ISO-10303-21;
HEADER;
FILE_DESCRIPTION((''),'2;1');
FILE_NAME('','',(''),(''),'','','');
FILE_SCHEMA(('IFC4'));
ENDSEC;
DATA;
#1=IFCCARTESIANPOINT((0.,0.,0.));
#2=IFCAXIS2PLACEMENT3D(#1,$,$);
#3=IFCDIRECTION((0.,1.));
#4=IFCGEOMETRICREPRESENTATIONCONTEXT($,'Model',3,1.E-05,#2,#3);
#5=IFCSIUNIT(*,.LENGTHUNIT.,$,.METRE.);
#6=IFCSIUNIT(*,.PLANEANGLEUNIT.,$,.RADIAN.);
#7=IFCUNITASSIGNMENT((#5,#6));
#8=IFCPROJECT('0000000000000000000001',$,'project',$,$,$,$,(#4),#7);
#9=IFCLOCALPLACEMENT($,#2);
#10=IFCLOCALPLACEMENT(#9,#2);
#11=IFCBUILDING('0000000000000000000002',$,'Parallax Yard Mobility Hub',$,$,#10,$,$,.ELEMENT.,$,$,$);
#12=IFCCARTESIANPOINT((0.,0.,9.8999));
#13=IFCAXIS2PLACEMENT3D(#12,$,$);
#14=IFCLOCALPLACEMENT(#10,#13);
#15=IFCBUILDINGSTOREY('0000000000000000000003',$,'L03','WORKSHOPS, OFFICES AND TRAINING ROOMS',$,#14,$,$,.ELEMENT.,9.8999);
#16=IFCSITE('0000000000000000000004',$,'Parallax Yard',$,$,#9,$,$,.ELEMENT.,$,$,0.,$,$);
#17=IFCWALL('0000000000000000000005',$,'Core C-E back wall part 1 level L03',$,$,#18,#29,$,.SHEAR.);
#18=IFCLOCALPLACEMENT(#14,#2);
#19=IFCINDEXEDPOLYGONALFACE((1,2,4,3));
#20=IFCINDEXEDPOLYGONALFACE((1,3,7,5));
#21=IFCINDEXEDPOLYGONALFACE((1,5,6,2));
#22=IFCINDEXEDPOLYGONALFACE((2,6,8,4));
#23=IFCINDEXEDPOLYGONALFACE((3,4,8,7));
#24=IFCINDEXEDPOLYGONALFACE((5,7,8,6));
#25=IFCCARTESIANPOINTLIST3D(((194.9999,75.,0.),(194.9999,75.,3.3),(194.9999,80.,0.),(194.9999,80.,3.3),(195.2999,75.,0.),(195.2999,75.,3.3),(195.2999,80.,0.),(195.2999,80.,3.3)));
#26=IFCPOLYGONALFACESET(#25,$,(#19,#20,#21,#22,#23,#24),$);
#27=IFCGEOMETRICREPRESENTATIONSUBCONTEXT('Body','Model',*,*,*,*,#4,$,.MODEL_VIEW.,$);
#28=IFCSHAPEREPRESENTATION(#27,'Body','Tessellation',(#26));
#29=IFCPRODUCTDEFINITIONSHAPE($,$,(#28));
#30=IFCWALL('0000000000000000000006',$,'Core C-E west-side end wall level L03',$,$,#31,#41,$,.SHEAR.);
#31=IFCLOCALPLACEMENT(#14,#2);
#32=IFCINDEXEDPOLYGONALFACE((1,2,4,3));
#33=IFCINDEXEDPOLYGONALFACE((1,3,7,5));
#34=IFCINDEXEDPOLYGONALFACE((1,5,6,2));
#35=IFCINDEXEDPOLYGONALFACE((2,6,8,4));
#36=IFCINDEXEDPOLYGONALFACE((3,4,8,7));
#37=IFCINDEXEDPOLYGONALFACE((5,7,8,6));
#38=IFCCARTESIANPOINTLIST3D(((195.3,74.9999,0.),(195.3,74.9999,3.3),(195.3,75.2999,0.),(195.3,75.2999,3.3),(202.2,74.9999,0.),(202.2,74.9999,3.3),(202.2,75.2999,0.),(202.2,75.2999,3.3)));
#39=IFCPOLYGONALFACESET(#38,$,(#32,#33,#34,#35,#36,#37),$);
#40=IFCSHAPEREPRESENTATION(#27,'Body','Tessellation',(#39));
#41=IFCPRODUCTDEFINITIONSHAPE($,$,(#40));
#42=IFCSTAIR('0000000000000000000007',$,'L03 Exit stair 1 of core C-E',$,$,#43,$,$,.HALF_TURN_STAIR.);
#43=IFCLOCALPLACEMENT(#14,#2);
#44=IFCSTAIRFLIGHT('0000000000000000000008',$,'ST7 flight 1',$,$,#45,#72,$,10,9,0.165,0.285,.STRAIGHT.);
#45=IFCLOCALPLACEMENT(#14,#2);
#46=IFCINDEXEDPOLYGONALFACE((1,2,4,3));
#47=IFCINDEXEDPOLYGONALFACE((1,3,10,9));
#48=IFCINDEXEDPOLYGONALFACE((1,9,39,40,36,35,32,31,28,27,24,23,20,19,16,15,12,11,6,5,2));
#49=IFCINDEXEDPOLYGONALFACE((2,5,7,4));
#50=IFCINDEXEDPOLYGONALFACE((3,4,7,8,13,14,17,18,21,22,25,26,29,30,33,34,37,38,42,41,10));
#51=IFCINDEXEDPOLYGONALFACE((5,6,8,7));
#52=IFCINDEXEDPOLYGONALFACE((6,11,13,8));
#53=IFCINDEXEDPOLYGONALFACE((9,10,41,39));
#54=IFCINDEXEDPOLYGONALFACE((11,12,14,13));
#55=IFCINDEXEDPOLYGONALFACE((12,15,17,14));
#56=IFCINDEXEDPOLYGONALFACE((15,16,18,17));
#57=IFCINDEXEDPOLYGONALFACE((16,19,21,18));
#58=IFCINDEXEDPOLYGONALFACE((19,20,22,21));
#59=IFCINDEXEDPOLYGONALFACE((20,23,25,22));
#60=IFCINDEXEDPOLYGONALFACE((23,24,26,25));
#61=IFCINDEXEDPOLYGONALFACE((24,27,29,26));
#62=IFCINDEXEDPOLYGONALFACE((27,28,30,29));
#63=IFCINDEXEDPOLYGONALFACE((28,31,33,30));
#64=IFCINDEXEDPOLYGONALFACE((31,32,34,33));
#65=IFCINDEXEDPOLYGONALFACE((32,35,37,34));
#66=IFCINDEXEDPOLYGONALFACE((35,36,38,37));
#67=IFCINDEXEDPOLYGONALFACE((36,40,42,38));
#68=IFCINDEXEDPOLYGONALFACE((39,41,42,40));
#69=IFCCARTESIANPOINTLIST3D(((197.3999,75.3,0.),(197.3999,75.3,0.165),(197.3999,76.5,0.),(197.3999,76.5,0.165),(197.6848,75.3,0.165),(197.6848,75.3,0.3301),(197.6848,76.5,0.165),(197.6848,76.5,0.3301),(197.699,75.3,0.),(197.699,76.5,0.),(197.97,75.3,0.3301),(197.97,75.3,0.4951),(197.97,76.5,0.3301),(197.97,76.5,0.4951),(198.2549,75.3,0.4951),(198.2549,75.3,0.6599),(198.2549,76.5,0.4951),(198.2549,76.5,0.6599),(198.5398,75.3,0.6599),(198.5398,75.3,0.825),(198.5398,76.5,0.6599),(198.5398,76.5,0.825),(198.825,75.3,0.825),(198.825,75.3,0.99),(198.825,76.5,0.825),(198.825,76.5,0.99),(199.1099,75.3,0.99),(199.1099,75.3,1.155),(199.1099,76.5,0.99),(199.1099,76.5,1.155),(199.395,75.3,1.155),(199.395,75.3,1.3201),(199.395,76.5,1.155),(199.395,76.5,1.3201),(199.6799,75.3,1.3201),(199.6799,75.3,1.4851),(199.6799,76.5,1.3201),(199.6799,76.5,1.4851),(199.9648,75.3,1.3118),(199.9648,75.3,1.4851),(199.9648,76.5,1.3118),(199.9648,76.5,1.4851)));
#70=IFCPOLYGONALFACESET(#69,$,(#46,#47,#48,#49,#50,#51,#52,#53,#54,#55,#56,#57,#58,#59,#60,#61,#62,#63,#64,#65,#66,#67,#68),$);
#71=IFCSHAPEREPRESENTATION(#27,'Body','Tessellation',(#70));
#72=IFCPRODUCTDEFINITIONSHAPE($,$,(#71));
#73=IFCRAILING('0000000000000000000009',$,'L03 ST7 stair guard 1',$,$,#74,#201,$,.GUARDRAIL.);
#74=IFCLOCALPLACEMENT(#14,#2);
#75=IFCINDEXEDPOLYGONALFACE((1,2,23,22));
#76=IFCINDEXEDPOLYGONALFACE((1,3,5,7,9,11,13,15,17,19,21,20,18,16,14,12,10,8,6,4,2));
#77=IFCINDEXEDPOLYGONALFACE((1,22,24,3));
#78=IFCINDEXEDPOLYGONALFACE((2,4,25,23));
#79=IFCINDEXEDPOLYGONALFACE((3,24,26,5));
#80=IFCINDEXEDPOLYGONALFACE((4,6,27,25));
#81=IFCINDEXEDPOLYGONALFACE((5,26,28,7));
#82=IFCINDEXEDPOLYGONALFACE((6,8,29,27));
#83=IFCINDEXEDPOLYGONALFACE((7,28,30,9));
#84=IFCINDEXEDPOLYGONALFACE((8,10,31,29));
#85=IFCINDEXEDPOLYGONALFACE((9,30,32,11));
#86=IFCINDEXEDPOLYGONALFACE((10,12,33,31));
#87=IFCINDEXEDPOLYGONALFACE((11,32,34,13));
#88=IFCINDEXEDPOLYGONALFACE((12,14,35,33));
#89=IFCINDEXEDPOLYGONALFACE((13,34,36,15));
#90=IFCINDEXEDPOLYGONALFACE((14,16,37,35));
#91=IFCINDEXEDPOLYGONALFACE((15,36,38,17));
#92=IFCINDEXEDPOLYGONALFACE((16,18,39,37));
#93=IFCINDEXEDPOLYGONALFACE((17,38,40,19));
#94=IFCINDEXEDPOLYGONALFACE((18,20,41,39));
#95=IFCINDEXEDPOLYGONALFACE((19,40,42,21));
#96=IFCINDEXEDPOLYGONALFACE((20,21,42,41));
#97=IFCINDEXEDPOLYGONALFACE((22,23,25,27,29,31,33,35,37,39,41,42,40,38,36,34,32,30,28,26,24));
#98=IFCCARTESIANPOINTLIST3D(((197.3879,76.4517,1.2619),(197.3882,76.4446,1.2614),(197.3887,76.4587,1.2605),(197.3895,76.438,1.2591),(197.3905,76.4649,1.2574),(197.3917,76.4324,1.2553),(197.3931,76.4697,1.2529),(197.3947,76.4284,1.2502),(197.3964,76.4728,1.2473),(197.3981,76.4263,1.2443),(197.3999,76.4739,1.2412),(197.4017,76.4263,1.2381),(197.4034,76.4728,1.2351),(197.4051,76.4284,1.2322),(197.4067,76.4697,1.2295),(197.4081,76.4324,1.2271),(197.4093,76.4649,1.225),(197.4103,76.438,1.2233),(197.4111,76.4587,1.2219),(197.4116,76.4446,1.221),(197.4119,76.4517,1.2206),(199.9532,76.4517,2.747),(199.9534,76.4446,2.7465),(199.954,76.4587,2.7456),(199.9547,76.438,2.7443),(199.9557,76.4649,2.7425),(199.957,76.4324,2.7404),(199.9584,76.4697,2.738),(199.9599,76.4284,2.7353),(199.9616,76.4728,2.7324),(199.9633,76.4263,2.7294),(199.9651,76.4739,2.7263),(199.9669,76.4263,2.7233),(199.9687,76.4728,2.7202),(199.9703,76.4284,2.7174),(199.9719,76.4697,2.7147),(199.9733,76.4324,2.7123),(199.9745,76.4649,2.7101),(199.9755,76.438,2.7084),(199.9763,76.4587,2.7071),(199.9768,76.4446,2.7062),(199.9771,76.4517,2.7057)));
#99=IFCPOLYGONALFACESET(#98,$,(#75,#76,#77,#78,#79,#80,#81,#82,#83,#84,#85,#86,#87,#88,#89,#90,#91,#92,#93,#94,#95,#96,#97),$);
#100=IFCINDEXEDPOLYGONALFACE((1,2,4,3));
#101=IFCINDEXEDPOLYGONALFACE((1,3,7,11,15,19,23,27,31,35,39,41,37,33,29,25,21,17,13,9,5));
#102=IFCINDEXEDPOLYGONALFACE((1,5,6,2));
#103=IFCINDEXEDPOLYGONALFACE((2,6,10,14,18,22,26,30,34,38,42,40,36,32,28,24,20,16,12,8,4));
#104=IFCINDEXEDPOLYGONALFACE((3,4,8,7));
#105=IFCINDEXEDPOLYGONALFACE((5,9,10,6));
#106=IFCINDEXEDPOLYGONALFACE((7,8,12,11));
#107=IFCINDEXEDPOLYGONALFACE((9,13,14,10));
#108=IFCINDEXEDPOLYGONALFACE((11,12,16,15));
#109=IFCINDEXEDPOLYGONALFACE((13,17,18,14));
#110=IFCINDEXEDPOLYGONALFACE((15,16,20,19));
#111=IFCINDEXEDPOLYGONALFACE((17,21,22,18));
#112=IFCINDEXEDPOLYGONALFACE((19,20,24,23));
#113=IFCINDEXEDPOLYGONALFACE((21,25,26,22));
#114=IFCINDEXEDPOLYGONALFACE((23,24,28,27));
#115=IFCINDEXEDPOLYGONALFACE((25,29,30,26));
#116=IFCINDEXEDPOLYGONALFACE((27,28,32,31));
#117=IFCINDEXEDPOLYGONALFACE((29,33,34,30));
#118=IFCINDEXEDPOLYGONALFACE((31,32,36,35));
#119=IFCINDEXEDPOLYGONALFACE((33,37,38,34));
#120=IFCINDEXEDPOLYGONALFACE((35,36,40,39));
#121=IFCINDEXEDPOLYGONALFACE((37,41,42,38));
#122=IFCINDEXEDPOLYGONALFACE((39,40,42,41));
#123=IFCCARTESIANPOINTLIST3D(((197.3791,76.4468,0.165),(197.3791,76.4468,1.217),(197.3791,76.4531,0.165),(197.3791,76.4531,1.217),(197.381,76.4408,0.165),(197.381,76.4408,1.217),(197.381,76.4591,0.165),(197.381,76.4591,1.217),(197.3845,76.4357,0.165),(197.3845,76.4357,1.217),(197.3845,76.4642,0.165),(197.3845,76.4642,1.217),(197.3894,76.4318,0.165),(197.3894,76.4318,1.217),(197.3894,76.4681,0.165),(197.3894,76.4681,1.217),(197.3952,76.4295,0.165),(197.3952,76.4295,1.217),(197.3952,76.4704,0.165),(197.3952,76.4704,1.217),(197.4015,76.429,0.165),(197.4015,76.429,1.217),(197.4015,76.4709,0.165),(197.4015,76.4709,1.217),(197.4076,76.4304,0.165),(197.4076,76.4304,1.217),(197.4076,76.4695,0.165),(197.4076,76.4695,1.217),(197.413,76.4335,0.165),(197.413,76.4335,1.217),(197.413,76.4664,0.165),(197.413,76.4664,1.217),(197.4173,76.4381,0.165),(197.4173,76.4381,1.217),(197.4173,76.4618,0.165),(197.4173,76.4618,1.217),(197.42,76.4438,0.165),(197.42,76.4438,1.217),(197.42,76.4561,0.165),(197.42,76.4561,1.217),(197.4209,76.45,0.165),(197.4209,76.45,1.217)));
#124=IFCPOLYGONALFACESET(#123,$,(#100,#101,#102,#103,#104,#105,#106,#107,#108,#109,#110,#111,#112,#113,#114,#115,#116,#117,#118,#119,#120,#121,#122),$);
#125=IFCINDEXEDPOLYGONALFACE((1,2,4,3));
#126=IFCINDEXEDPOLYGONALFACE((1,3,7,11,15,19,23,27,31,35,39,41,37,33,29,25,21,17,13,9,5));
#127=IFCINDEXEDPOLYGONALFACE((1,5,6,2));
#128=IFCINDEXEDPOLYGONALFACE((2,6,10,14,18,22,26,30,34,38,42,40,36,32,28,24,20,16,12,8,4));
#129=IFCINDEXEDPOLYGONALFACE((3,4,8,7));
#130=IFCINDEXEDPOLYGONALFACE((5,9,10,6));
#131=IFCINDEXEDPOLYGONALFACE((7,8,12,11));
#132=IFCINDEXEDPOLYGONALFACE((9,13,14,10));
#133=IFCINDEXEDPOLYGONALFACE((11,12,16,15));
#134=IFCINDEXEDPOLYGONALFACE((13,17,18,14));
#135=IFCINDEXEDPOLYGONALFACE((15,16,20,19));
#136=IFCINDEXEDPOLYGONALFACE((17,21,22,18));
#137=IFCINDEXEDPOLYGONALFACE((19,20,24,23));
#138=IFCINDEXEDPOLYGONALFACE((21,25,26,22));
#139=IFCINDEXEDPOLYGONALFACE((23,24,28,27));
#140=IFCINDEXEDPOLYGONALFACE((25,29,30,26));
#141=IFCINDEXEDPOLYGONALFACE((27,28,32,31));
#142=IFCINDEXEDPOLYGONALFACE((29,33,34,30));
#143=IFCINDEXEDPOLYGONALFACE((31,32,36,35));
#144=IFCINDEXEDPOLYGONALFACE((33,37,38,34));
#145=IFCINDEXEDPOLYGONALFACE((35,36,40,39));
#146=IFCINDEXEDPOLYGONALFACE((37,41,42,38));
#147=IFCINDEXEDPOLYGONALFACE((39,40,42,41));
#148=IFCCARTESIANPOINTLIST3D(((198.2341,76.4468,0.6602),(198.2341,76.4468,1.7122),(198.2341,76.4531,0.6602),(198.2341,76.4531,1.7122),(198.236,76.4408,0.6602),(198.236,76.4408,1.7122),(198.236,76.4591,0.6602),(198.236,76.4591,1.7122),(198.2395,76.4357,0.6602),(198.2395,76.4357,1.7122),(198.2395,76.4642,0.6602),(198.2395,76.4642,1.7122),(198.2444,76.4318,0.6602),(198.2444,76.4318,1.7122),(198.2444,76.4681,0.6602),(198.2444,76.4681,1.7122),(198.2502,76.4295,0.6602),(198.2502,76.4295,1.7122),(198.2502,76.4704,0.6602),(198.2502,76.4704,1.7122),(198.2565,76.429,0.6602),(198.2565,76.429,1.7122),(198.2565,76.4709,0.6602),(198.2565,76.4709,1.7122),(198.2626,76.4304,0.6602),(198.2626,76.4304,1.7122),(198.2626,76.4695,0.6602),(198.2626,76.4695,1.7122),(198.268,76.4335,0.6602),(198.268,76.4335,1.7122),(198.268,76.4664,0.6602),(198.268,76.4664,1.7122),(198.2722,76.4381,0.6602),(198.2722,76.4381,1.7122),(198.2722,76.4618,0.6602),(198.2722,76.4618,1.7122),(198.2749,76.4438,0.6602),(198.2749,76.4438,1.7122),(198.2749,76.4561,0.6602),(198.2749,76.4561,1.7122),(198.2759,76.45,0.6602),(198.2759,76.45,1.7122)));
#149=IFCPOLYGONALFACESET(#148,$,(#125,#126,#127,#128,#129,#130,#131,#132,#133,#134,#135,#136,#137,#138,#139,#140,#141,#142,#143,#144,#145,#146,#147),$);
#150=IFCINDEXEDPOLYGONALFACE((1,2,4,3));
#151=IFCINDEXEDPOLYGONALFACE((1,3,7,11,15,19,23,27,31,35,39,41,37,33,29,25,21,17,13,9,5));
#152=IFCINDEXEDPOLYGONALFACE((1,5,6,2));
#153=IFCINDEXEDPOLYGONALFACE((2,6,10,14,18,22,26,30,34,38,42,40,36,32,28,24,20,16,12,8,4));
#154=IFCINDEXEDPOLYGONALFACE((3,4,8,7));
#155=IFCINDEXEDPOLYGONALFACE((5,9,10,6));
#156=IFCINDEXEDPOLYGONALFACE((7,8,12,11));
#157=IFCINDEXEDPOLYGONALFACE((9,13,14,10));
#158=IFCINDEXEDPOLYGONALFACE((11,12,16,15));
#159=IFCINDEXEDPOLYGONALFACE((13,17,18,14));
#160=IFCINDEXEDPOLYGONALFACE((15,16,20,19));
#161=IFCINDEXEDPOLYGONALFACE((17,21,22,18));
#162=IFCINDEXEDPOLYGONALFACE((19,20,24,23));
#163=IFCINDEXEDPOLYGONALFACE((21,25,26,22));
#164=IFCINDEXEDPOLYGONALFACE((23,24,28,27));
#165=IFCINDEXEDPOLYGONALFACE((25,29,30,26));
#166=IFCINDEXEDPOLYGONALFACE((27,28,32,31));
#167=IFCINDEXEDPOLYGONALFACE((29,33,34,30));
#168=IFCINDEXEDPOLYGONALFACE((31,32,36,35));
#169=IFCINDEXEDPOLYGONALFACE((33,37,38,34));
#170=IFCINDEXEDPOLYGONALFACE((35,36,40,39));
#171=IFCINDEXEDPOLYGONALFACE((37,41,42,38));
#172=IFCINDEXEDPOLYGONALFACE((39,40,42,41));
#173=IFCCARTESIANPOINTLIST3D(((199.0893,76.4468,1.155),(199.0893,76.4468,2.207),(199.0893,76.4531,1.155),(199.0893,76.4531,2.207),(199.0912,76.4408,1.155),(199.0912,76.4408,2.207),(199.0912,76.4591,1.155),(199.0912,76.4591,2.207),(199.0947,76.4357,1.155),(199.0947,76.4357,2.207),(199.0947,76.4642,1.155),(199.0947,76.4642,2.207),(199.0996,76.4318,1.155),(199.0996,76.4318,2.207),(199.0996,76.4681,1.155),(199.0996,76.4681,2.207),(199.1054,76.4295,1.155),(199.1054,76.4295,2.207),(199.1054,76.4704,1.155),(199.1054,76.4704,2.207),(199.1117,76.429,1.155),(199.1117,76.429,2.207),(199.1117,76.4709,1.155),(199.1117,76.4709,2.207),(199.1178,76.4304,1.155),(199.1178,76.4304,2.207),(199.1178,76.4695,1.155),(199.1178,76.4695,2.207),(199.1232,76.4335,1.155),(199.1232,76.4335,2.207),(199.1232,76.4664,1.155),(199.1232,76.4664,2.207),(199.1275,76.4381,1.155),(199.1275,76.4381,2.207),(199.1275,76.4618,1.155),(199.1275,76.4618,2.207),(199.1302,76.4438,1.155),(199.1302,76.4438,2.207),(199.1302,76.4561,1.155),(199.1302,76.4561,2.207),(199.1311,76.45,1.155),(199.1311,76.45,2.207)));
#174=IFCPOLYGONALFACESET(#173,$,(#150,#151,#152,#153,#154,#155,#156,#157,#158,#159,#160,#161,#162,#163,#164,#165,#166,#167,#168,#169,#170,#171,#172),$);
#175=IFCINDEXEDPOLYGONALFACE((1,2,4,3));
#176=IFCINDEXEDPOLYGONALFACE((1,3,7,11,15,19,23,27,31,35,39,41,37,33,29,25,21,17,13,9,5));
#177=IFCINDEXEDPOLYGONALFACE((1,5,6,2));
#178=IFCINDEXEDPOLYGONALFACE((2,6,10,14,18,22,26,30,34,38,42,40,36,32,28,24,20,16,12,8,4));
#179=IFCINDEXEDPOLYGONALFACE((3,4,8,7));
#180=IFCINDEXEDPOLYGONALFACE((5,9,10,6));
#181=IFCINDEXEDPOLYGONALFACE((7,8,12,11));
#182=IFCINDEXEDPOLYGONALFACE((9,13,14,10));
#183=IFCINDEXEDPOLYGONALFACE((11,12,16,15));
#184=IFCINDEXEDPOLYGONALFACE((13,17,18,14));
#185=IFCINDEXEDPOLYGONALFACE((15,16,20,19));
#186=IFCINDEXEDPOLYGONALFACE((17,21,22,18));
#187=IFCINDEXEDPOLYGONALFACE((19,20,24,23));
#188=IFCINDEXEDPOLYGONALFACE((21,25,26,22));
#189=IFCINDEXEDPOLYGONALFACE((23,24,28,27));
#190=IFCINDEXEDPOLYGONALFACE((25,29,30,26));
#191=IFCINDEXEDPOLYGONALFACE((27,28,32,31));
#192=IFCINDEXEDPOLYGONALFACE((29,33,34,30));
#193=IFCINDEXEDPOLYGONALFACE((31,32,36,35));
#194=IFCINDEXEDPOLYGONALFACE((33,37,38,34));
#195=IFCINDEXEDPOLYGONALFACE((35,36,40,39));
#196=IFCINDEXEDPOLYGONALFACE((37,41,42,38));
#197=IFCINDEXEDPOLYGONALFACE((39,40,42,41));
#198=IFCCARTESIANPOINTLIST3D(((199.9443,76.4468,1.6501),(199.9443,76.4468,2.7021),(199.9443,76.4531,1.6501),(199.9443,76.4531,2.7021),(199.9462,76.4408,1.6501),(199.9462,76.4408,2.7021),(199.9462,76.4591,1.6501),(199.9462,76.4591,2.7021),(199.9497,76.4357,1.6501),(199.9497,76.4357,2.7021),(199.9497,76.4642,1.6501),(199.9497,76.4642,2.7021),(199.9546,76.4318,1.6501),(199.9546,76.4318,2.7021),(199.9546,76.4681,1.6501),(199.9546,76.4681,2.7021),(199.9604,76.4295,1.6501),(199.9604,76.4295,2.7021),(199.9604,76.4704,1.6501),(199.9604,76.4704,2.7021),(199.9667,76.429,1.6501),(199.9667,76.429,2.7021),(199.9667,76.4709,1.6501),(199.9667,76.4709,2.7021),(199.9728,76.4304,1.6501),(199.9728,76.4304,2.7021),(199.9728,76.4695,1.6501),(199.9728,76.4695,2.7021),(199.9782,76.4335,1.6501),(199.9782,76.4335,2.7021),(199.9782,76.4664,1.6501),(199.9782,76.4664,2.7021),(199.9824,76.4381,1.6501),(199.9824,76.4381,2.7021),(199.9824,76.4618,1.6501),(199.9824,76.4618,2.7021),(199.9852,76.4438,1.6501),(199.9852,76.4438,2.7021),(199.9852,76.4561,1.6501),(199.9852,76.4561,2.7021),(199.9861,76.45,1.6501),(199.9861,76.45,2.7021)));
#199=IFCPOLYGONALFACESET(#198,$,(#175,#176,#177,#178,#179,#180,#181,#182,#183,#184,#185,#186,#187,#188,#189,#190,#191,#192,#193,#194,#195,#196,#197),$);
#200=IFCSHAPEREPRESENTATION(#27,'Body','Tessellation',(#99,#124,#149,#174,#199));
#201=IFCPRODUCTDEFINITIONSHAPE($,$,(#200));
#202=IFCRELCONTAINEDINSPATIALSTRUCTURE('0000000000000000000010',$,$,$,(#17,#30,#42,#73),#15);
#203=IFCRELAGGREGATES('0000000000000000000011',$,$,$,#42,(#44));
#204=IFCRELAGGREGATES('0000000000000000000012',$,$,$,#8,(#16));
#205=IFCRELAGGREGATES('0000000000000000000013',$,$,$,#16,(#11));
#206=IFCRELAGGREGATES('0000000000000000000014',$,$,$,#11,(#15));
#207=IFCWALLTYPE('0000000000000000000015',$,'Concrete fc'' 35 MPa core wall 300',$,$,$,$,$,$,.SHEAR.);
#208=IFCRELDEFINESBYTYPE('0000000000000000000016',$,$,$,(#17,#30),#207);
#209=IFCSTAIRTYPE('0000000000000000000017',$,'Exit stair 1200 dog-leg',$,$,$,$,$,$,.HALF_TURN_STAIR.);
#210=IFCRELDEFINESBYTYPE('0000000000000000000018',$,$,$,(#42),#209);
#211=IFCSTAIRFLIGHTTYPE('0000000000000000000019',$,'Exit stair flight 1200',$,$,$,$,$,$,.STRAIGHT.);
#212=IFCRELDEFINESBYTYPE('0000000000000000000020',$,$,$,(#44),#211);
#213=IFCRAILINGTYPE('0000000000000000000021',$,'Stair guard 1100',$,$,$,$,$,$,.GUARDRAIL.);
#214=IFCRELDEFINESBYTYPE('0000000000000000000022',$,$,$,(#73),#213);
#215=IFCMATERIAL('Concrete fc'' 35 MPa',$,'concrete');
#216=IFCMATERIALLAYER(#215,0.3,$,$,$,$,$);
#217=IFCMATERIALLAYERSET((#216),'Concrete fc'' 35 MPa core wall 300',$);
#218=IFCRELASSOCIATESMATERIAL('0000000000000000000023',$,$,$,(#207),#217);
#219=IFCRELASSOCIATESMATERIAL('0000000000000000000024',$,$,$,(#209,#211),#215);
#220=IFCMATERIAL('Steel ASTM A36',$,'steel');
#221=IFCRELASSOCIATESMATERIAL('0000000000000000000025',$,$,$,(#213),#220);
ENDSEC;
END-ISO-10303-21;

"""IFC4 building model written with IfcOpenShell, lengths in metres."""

from ifc_helpers import new_model, si_unit, direction, frame, frame_2d, origin, origin_2d, place, context, subcontext, project, spatial, polyline, rectangle, circle, outline, extrude, material, layer, layer_set, type_object, element, aggregate, save


model = new_model("IFC4")

# Units and contexts
model_context = context("Model", 3, precision=1e-05, world=origin(), true_north=direction((0.0, 1.0)))
body_context = subcontext(model_context, "Body", "Model", "MODEL_VIEW")
ifc_project = project(units=[si_unit("LENGTHUNIT", "METRE"), si_unit("PLANEANGLEUNIT", "RADIAN")], contexts=[model_context])

# Site, building, storey
site_placement = place(None, origin())
site = spatial("IfcSite", under=ifc_project, at=site_placement, Name="Parallax Yard", CompositionType="ELEMENT", RefElevation=0.0)
building_placement = place(site_placement, origin())
building = spatial("IfcBuilding", under=site, at=building_placement, Name="Parallax Yard Mobility Hub", CompositionType="ELEMENT")
storey_placement = place(building_placement, frame((0.0, 0.0, 9.8999)))
storey = spatial("IfcBuildingStorey", under=building, at=storey_placement, Name="L03", Description="WORKSHOPS, OFFICES AND TRAINING ROOMS", CompositionType="ELEMENT", Elevation=9.8999)

# Walls
ifc_material_1 = material(Name="Concrete fc' 35 MPa", Category="concrete")
ifc_layer = layer(ifc_material_1, 0.3)
ifc_layer_set = layer_set([ifc_layer], Name="Concrete fc' 35 MPa core wall 300")
wall_type = type_object("IfcWallType", Name="Concrete fc' 35 MPa core wall 300", PredefinedType="SHEAR", material=ifc_layer_set)
wall_1_placement = place(storey_placement, frame((195.1499, 75.0, 0.0), z_axis=(0.0, 0.0, 1.0), x_axis=(0.0, 1.0, 0.0)))
element("IfcWall", 1, at=wall_1_placement, inside=storey, type_object=wall_type, Name="Core C-E back wall part 1 level L03", PredefinedType="SHEAR", context=body_context, shape_type="SweptSolid", body=[
    extrude(rectangle(XDim=5.0, YDim=0.3, at=frame_2d((2.5, 0.0))), origin(), (0.0, 0.0, 1.0), 3.3),
])
wall_2_placement = place(storey_placement, frame((202.2, 75.1499, 0.0), z_axis=(0.0, 0.0, 1.0), x_axis=(-1.0, 0.0, 0.0)))
element("IfcWall", 2, at=wall_2_placement, inside=storey, type_object=wall_type, Name="Core C-E west-side end wall level L03", PredefinedType="SHEAR", context=body_context, shape_type="SweptSolid", body=[
    extrude(rectangle(XDim=6.8999, YDim=0.3, at=frame_2d((3.45, 0.0))), origin(), (0.0, 0.0, 1.0), 3.3),
])

# Stair, stair flight
stair_type = type_object("IfcStairType", Name="Exit stair 1200 dog-leg", PredefinedType="HALF_TURN_STAIR", material=ifc_material_1)
stair_placement = place(storey_placement, origin())
stair = element("IfcStair", 3, at=stair_placement, inside=storey, type_object=stair_type, Name="L03 Exit stair 1 of core C-E", PredefinedType="HALF_TURN_STAIR")
stair_flight_type = type_object("IfcStairFlightType", Name="Exit stair flight 1200", PredefinedType="STRAIGHT", material=ifc_material_1)
stair_flight_placement = place(storey_placement, frame((197.3999, 75.8999, 0.0), z_axis=(0.0, 0.0, 1.0), x_axis=(1.0, 0.0, 0.0)))
stair_flight = element("IfcStairFlight", 4, at=stair_flight_placement, type_object=stair_flight_type, Name="ST7 flight 1", NumberOfRisers=10, NumberOfTreads=9, PredefinedType="STRAIGHT", RiserHeight=0.165, TreadLength=0.285, context=body_context, shape_type="SweptSolid", body=[
    extrude(outline(polyline([(0.0, 0.0), (0.0, 0.165), (0.2849, 0.165), (0.2849, 0.3301), (0.5701, 0.3301), (0.5701, 0.4951), (0.855, 0.4951), (0.855, 0.6599), (1.1399, 0.6599), (1.1399, 0.825), (1.425, 0.825), (1.425, 0.99), (1.71, 0.99), (1.71, 1.155), (1.9951, 1.155), (1.9951, 1.3201), (2.28, 1.3201), (2.28, 1.4851), (2.5649, 1.4851), (2.5649, 1.6499), (2.5649, 1.3118), (0.2991, 0.0), (0.0, 0.0)])), frame((0.0, 0.6001, 0.0), z_axis=(0.0, -1.0, 0.0), x_axis=(1.0, 0.0, 0.0)), (0.0, 0.0, 1.0), 1.2),
])
aggregate(stair, [stair_flight])

# Railing
ifc_material_2 = material(Name="Steel ASTM A36", Category="steel")
railing_type_1 = type_object("IfcRailingType", Name="Stair guard 1100", PredefinedType="GUARDRAIL", material=ifc_material_2)
railing_1_placement = place(storey_placement, frame((197.3999, 76.45, 0.165)))
element("IfcRailing", 5, at=railing_1_placement, inside=storey, type_object=railing_type_1, Name="L03 ST7 stair guard 1", PredefinedType="GUARDRAIL", context=body_context, shape_type="SweptSolid", body=[
    extrude(circle(Radius=0.0239, at=origin_2d()), frame((0.0, 0.0, 1.0762), z_axis=(0.865426, 0.0, 0.501036), x_axis=(0.0, 1.0, 0.0)), (0.0, 0.0, 1.0), 2.9641),
    extrude(circle(Radius=0.021, at=origin_2d()), origin(), (0.0, 0.0, 1.0), 1.052),
    extrude(circle(Radius=0.021, at=origin_2d()), frame((0.855, 0.0, 0.4951)), (0.0, 0.0, 1.0), 1.052),
    extrude(circle(Radius=0.021, at=origin_2d()), frame((1.7102, 0.0, 0.99)), (0.0, 0.0, 1.0), 1.052),
    extrude(circle(Radius=0.021, at=origin_2d()), frame((2.5652, 0.0, 1.4851)), (0.0, 0.0, 1.0), 1.052),
])

save(model, "model.ifc")
